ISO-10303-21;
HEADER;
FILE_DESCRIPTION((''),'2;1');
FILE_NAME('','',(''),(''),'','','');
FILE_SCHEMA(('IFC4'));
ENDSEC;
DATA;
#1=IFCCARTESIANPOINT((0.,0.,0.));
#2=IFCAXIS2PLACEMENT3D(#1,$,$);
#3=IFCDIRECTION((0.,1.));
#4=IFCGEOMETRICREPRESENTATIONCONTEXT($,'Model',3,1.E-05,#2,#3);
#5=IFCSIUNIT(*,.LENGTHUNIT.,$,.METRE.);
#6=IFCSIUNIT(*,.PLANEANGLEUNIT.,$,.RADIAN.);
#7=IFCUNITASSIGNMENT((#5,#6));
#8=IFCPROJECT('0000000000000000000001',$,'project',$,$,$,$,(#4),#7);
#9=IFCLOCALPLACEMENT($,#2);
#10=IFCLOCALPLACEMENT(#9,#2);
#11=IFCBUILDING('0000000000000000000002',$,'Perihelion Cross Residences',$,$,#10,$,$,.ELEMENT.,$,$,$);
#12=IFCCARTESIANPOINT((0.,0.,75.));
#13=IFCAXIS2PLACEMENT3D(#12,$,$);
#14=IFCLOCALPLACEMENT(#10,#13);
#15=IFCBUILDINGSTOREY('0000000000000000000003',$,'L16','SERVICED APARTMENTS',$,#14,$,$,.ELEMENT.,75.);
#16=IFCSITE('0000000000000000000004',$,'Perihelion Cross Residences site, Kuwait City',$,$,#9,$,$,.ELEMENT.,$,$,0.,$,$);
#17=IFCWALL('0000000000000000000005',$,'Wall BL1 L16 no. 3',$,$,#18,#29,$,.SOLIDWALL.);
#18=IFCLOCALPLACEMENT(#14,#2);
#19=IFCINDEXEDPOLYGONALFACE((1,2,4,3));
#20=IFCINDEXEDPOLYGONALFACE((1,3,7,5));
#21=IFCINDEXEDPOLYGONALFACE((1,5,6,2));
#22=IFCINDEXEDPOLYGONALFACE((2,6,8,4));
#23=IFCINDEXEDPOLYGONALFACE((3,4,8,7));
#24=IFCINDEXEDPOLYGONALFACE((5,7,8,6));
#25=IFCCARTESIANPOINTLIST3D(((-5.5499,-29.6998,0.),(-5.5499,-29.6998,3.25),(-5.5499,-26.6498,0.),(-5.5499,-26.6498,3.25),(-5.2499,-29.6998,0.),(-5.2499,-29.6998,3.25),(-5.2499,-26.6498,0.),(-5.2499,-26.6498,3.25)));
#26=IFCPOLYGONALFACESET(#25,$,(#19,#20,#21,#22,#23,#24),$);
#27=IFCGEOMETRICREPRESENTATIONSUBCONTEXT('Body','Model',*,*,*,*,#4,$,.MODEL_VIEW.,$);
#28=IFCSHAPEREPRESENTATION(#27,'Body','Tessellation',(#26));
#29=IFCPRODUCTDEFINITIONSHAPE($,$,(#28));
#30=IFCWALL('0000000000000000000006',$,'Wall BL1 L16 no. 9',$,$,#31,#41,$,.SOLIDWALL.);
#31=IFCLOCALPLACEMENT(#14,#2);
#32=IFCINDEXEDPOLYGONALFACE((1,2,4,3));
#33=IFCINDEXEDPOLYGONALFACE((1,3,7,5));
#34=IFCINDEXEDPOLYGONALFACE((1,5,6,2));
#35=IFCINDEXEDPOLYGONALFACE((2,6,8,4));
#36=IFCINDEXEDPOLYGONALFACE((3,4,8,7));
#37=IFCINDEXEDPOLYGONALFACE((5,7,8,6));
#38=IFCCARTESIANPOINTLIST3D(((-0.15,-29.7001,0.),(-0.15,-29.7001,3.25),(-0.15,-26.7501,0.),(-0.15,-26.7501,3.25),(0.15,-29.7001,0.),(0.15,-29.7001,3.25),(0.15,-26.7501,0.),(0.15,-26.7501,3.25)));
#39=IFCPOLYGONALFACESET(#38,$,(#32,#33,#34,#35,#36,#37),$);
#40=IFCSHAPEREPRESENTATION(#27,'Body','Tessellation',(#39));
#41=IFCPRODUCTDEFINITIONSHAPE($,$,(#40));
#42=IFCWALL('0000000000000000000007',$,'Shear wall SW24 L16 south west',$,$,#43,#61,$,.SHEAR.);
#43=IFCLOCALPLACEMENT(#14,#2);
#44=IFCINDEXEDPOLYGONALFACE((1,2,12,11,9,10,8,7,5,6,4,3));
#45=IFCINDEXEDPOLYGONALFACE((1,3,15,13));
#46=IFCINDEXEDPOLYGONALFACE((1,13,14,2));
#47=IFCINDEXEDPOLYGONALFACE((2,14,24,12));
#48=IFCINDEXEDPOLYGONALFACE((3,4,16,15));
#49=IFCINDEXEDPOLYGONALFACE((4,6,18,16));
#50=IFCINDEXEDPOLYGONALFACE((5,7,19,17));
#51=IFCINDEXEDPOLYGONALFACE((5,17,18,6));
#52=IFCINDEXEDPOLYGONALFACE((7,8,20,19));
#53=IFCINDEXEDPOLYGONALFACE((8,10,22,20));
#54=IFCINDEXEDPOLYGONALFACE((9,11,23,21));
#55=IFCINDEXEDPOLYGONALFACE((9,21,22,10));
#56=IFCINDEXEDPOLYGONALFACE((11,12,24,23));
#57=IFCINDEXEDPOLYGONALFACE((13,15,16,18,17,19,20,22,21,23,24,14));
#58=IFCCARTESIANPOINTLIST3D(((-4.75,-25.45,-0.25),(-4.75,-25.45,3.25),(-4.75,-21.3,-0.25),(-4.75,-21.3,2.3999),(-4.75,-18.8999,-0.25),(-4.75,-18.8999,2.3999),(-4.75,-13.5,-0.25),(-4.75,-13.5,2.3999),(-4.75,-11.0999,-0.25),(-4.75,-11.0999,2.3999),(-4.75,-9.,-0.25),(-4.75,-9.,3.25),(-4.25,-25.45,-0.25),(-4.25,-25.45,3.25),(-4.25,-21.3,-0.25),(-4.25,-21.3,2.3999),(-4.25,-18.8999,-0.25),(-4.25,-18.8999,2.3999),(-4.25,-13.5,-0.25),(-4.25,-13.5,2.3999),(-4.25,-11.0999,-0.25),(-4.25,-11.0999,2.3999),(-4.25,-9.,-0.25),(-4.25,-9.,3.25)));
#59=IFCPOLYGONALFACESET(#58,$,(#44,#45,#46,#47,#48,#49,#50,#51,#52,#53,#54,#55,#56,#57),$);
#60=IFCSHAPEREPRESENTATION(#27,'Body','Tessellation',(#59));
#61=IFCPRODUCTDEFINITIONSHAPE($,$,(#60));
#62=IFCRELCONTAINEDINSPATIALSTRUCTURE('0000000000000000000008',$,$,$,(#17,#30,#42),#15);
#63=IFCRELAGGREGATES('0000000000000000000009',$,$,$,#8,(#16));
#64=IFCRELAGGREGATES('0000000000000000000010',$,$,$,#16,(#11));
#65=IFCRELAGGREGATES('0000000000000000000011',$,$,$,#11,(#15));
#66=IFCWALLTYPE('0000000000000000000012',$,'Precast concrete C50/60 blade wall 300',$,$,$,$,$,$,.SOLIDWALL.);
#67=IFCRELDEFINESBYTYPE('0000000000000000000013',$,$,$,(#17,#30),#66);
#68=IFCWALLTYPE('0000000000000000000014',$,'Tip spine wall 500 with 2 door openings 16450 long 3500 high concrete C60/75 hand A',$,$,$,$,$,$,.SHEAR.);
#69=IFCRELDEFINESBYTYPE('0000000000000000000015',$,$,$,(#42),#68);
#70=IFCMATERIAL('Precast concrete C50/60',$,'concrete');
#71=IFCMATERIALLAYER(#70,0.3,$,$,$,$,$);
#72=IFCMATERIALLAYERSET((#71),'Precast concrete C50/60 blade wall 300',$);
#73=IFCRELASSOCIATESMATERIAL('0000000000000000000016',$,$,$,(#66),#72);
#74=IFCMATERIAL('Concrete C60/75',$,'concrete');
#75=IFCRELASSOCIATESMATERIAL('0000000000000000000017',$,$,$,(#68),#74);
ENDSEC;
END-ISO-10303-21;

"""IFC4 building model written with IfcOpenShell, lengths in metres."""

from ifc_helpers import new_model, si_unit, direction, frame, frame_2d, origin, place, context, subcontext, project, spatial, polyline, rectangle, outline, extrude, material, layer, layer_set, material_profile, profile_set, type_object, element, save


model = new_model("IFC4")

# Units and contexts
model_context = context("Model", 3, precision=1e-05, world=origin(), true_north=direction((0.0, 1.0)))
body_context = subcontext(model_context, "Body", "Model", "MODEL_VIEW")
ifc_project = project(units=[si_unit("LENGTHUNIT", "METRE"), si_unit("PLANEANGLEUNIT", "RADIAN")], contexts=[model_context])

# Site, building, storey
site_placement = place(None, origin())
site = spatial("IfcSite", under=ifc_project, at=site_placement, Name="Perihelion Cross Residences site, Kuwait City", CompositionType="ELEMENT", RefElevation=0.0)
building_placement = place(site_placement, origin())
building = spatial("IfcBuilding", under=site, at=building_placement, Name="Perihelion Cross Residences", CompositionType="ELEMENT")
storey_placement = place(building_placement, frame((0.0, 0.0, 75.0)))
storey = spatial("IfcBuildingStorey", under=building, at=storey_placement, Name="L16", Description="SERVICED APARTMENTS", CompositionType="ELEMENT", Elevation=75.0)

# Walls
ifc_material_1 = material(Name="Precast concrete C50/60", Category="concrete")
ifc_layer_1 = layer(ifc_material_1, 0.3)
ifc_layer_set_1 = layer_set([ifc_layer_1], Name="Precast concrete C50/60 blade wall 300")
wall_type_1 = type_object("IfcWallType", Name="Precast concrete C50/60 blade wall 300", PredefinedType="SOLIDWALL", material=ifc_layer_set_1)
for number, where, z_axis, x_axis, name in (
    (1, (-5.3999, -26.6499, 0.0), (0.0, 0.0, 1.0), (0.0, -1.0, 0.0), "Wall BL1 L16 no. 3"),
):
    element("IfcWall", number, at=place(storey_placement, frame(where, z_axis=z_axis, x_axis=x_axis)), inside=storey, type_object=wall_type_1, Name=name, PredefinedType="SOLIDWALL", context=body_context, shape_type="SweptSolid", body=[
        extrude(rectangle(XDim=3.05, YDim=0.3, at=frame_2d((1.5249, 0.0))), origin(), (0.0, 0.0, 1.0), 3.25),
    ])
wall_1_placement = place(storey_placement, frame((0.0, -26.75, 0.0), z_axis=(0.0, 0.0, 1.0), x_axis=(0.0, -1.0, 0.0)))
element("IfcWall", 2, at=wall_1_placement, inside=storey, type_object=wall_type_1, Name="Wall BL1 L16 no. 9", PredefinedType="SOLIDWALL", context=body_context, shape_type="SweptSolid", body=[
    extrude(rectangle(XDim=2.95, YDim=0.3, at=frame_2d((1.4751, 0.0))), origin(), (0.0, 0.0, 1.0), 3.25),
])
ifc_material_2 = material(Name="Concrete C60/75", Category="concrete")
ifc_material_profile_1 = material_profile(ifc_material_2, outline(polyline([(0.0, 0.0), (4.1499, 0.0), (4.1499, 2.6499), (6.55, 2.6499), (6.55, 0.0), (11.95, 0.0), (11.95, 2.6499), (14.3501, 2.6499), (14.3501, 0.0), (16.45, 0.0), (16.45, 3.5), (0.0, 3.5), (0.0, 0.0)])), Name="Tip spine wall")
ifc_profile_set_1 = profile_set([ifc_material_profile_1], Name="Concrete C60/75")
wall_type_2 = type_object("IfcWallType", Name="Tip spine wall 500 with 2 door openings 16450 long 3500 high concrete C60/75 hand A", PredefinedType="SHEAR", material=ifc_profile_set_1)
wall_2_placement = place(storey_placement, frame((-4.75, -25.45, -0.25), z_axis=(1.0, 0.0, 0.0), x_axis=(0.0, 1.0, 0.0)))
element("IfcWall", 3, at=wall_2_placement, inside=storey, type_object=wall_type_2, Name="Shear wall SW24 L16 south west", PredefinedType="SHEAR", context=body_context, shape_type="SweptSolid", body=[
    extrude(outline(polyline([(0.0, 0.0), (4.1499, 0.0), (4.1499, 2.6499), (6.55, 2.6499), (6.55, 0.0), (11.95, 0.0), (11.95, 2.6499), (14.3501, 2.6499), (14.3501, 0.0), (16.45, 0.0), (16.45, 3.5), (0.0, 3.5), (0.0, 0.0)])), origin(), (0.0, 0.0, 1.0), 0.5),
])

save(model, "model.ifc")
